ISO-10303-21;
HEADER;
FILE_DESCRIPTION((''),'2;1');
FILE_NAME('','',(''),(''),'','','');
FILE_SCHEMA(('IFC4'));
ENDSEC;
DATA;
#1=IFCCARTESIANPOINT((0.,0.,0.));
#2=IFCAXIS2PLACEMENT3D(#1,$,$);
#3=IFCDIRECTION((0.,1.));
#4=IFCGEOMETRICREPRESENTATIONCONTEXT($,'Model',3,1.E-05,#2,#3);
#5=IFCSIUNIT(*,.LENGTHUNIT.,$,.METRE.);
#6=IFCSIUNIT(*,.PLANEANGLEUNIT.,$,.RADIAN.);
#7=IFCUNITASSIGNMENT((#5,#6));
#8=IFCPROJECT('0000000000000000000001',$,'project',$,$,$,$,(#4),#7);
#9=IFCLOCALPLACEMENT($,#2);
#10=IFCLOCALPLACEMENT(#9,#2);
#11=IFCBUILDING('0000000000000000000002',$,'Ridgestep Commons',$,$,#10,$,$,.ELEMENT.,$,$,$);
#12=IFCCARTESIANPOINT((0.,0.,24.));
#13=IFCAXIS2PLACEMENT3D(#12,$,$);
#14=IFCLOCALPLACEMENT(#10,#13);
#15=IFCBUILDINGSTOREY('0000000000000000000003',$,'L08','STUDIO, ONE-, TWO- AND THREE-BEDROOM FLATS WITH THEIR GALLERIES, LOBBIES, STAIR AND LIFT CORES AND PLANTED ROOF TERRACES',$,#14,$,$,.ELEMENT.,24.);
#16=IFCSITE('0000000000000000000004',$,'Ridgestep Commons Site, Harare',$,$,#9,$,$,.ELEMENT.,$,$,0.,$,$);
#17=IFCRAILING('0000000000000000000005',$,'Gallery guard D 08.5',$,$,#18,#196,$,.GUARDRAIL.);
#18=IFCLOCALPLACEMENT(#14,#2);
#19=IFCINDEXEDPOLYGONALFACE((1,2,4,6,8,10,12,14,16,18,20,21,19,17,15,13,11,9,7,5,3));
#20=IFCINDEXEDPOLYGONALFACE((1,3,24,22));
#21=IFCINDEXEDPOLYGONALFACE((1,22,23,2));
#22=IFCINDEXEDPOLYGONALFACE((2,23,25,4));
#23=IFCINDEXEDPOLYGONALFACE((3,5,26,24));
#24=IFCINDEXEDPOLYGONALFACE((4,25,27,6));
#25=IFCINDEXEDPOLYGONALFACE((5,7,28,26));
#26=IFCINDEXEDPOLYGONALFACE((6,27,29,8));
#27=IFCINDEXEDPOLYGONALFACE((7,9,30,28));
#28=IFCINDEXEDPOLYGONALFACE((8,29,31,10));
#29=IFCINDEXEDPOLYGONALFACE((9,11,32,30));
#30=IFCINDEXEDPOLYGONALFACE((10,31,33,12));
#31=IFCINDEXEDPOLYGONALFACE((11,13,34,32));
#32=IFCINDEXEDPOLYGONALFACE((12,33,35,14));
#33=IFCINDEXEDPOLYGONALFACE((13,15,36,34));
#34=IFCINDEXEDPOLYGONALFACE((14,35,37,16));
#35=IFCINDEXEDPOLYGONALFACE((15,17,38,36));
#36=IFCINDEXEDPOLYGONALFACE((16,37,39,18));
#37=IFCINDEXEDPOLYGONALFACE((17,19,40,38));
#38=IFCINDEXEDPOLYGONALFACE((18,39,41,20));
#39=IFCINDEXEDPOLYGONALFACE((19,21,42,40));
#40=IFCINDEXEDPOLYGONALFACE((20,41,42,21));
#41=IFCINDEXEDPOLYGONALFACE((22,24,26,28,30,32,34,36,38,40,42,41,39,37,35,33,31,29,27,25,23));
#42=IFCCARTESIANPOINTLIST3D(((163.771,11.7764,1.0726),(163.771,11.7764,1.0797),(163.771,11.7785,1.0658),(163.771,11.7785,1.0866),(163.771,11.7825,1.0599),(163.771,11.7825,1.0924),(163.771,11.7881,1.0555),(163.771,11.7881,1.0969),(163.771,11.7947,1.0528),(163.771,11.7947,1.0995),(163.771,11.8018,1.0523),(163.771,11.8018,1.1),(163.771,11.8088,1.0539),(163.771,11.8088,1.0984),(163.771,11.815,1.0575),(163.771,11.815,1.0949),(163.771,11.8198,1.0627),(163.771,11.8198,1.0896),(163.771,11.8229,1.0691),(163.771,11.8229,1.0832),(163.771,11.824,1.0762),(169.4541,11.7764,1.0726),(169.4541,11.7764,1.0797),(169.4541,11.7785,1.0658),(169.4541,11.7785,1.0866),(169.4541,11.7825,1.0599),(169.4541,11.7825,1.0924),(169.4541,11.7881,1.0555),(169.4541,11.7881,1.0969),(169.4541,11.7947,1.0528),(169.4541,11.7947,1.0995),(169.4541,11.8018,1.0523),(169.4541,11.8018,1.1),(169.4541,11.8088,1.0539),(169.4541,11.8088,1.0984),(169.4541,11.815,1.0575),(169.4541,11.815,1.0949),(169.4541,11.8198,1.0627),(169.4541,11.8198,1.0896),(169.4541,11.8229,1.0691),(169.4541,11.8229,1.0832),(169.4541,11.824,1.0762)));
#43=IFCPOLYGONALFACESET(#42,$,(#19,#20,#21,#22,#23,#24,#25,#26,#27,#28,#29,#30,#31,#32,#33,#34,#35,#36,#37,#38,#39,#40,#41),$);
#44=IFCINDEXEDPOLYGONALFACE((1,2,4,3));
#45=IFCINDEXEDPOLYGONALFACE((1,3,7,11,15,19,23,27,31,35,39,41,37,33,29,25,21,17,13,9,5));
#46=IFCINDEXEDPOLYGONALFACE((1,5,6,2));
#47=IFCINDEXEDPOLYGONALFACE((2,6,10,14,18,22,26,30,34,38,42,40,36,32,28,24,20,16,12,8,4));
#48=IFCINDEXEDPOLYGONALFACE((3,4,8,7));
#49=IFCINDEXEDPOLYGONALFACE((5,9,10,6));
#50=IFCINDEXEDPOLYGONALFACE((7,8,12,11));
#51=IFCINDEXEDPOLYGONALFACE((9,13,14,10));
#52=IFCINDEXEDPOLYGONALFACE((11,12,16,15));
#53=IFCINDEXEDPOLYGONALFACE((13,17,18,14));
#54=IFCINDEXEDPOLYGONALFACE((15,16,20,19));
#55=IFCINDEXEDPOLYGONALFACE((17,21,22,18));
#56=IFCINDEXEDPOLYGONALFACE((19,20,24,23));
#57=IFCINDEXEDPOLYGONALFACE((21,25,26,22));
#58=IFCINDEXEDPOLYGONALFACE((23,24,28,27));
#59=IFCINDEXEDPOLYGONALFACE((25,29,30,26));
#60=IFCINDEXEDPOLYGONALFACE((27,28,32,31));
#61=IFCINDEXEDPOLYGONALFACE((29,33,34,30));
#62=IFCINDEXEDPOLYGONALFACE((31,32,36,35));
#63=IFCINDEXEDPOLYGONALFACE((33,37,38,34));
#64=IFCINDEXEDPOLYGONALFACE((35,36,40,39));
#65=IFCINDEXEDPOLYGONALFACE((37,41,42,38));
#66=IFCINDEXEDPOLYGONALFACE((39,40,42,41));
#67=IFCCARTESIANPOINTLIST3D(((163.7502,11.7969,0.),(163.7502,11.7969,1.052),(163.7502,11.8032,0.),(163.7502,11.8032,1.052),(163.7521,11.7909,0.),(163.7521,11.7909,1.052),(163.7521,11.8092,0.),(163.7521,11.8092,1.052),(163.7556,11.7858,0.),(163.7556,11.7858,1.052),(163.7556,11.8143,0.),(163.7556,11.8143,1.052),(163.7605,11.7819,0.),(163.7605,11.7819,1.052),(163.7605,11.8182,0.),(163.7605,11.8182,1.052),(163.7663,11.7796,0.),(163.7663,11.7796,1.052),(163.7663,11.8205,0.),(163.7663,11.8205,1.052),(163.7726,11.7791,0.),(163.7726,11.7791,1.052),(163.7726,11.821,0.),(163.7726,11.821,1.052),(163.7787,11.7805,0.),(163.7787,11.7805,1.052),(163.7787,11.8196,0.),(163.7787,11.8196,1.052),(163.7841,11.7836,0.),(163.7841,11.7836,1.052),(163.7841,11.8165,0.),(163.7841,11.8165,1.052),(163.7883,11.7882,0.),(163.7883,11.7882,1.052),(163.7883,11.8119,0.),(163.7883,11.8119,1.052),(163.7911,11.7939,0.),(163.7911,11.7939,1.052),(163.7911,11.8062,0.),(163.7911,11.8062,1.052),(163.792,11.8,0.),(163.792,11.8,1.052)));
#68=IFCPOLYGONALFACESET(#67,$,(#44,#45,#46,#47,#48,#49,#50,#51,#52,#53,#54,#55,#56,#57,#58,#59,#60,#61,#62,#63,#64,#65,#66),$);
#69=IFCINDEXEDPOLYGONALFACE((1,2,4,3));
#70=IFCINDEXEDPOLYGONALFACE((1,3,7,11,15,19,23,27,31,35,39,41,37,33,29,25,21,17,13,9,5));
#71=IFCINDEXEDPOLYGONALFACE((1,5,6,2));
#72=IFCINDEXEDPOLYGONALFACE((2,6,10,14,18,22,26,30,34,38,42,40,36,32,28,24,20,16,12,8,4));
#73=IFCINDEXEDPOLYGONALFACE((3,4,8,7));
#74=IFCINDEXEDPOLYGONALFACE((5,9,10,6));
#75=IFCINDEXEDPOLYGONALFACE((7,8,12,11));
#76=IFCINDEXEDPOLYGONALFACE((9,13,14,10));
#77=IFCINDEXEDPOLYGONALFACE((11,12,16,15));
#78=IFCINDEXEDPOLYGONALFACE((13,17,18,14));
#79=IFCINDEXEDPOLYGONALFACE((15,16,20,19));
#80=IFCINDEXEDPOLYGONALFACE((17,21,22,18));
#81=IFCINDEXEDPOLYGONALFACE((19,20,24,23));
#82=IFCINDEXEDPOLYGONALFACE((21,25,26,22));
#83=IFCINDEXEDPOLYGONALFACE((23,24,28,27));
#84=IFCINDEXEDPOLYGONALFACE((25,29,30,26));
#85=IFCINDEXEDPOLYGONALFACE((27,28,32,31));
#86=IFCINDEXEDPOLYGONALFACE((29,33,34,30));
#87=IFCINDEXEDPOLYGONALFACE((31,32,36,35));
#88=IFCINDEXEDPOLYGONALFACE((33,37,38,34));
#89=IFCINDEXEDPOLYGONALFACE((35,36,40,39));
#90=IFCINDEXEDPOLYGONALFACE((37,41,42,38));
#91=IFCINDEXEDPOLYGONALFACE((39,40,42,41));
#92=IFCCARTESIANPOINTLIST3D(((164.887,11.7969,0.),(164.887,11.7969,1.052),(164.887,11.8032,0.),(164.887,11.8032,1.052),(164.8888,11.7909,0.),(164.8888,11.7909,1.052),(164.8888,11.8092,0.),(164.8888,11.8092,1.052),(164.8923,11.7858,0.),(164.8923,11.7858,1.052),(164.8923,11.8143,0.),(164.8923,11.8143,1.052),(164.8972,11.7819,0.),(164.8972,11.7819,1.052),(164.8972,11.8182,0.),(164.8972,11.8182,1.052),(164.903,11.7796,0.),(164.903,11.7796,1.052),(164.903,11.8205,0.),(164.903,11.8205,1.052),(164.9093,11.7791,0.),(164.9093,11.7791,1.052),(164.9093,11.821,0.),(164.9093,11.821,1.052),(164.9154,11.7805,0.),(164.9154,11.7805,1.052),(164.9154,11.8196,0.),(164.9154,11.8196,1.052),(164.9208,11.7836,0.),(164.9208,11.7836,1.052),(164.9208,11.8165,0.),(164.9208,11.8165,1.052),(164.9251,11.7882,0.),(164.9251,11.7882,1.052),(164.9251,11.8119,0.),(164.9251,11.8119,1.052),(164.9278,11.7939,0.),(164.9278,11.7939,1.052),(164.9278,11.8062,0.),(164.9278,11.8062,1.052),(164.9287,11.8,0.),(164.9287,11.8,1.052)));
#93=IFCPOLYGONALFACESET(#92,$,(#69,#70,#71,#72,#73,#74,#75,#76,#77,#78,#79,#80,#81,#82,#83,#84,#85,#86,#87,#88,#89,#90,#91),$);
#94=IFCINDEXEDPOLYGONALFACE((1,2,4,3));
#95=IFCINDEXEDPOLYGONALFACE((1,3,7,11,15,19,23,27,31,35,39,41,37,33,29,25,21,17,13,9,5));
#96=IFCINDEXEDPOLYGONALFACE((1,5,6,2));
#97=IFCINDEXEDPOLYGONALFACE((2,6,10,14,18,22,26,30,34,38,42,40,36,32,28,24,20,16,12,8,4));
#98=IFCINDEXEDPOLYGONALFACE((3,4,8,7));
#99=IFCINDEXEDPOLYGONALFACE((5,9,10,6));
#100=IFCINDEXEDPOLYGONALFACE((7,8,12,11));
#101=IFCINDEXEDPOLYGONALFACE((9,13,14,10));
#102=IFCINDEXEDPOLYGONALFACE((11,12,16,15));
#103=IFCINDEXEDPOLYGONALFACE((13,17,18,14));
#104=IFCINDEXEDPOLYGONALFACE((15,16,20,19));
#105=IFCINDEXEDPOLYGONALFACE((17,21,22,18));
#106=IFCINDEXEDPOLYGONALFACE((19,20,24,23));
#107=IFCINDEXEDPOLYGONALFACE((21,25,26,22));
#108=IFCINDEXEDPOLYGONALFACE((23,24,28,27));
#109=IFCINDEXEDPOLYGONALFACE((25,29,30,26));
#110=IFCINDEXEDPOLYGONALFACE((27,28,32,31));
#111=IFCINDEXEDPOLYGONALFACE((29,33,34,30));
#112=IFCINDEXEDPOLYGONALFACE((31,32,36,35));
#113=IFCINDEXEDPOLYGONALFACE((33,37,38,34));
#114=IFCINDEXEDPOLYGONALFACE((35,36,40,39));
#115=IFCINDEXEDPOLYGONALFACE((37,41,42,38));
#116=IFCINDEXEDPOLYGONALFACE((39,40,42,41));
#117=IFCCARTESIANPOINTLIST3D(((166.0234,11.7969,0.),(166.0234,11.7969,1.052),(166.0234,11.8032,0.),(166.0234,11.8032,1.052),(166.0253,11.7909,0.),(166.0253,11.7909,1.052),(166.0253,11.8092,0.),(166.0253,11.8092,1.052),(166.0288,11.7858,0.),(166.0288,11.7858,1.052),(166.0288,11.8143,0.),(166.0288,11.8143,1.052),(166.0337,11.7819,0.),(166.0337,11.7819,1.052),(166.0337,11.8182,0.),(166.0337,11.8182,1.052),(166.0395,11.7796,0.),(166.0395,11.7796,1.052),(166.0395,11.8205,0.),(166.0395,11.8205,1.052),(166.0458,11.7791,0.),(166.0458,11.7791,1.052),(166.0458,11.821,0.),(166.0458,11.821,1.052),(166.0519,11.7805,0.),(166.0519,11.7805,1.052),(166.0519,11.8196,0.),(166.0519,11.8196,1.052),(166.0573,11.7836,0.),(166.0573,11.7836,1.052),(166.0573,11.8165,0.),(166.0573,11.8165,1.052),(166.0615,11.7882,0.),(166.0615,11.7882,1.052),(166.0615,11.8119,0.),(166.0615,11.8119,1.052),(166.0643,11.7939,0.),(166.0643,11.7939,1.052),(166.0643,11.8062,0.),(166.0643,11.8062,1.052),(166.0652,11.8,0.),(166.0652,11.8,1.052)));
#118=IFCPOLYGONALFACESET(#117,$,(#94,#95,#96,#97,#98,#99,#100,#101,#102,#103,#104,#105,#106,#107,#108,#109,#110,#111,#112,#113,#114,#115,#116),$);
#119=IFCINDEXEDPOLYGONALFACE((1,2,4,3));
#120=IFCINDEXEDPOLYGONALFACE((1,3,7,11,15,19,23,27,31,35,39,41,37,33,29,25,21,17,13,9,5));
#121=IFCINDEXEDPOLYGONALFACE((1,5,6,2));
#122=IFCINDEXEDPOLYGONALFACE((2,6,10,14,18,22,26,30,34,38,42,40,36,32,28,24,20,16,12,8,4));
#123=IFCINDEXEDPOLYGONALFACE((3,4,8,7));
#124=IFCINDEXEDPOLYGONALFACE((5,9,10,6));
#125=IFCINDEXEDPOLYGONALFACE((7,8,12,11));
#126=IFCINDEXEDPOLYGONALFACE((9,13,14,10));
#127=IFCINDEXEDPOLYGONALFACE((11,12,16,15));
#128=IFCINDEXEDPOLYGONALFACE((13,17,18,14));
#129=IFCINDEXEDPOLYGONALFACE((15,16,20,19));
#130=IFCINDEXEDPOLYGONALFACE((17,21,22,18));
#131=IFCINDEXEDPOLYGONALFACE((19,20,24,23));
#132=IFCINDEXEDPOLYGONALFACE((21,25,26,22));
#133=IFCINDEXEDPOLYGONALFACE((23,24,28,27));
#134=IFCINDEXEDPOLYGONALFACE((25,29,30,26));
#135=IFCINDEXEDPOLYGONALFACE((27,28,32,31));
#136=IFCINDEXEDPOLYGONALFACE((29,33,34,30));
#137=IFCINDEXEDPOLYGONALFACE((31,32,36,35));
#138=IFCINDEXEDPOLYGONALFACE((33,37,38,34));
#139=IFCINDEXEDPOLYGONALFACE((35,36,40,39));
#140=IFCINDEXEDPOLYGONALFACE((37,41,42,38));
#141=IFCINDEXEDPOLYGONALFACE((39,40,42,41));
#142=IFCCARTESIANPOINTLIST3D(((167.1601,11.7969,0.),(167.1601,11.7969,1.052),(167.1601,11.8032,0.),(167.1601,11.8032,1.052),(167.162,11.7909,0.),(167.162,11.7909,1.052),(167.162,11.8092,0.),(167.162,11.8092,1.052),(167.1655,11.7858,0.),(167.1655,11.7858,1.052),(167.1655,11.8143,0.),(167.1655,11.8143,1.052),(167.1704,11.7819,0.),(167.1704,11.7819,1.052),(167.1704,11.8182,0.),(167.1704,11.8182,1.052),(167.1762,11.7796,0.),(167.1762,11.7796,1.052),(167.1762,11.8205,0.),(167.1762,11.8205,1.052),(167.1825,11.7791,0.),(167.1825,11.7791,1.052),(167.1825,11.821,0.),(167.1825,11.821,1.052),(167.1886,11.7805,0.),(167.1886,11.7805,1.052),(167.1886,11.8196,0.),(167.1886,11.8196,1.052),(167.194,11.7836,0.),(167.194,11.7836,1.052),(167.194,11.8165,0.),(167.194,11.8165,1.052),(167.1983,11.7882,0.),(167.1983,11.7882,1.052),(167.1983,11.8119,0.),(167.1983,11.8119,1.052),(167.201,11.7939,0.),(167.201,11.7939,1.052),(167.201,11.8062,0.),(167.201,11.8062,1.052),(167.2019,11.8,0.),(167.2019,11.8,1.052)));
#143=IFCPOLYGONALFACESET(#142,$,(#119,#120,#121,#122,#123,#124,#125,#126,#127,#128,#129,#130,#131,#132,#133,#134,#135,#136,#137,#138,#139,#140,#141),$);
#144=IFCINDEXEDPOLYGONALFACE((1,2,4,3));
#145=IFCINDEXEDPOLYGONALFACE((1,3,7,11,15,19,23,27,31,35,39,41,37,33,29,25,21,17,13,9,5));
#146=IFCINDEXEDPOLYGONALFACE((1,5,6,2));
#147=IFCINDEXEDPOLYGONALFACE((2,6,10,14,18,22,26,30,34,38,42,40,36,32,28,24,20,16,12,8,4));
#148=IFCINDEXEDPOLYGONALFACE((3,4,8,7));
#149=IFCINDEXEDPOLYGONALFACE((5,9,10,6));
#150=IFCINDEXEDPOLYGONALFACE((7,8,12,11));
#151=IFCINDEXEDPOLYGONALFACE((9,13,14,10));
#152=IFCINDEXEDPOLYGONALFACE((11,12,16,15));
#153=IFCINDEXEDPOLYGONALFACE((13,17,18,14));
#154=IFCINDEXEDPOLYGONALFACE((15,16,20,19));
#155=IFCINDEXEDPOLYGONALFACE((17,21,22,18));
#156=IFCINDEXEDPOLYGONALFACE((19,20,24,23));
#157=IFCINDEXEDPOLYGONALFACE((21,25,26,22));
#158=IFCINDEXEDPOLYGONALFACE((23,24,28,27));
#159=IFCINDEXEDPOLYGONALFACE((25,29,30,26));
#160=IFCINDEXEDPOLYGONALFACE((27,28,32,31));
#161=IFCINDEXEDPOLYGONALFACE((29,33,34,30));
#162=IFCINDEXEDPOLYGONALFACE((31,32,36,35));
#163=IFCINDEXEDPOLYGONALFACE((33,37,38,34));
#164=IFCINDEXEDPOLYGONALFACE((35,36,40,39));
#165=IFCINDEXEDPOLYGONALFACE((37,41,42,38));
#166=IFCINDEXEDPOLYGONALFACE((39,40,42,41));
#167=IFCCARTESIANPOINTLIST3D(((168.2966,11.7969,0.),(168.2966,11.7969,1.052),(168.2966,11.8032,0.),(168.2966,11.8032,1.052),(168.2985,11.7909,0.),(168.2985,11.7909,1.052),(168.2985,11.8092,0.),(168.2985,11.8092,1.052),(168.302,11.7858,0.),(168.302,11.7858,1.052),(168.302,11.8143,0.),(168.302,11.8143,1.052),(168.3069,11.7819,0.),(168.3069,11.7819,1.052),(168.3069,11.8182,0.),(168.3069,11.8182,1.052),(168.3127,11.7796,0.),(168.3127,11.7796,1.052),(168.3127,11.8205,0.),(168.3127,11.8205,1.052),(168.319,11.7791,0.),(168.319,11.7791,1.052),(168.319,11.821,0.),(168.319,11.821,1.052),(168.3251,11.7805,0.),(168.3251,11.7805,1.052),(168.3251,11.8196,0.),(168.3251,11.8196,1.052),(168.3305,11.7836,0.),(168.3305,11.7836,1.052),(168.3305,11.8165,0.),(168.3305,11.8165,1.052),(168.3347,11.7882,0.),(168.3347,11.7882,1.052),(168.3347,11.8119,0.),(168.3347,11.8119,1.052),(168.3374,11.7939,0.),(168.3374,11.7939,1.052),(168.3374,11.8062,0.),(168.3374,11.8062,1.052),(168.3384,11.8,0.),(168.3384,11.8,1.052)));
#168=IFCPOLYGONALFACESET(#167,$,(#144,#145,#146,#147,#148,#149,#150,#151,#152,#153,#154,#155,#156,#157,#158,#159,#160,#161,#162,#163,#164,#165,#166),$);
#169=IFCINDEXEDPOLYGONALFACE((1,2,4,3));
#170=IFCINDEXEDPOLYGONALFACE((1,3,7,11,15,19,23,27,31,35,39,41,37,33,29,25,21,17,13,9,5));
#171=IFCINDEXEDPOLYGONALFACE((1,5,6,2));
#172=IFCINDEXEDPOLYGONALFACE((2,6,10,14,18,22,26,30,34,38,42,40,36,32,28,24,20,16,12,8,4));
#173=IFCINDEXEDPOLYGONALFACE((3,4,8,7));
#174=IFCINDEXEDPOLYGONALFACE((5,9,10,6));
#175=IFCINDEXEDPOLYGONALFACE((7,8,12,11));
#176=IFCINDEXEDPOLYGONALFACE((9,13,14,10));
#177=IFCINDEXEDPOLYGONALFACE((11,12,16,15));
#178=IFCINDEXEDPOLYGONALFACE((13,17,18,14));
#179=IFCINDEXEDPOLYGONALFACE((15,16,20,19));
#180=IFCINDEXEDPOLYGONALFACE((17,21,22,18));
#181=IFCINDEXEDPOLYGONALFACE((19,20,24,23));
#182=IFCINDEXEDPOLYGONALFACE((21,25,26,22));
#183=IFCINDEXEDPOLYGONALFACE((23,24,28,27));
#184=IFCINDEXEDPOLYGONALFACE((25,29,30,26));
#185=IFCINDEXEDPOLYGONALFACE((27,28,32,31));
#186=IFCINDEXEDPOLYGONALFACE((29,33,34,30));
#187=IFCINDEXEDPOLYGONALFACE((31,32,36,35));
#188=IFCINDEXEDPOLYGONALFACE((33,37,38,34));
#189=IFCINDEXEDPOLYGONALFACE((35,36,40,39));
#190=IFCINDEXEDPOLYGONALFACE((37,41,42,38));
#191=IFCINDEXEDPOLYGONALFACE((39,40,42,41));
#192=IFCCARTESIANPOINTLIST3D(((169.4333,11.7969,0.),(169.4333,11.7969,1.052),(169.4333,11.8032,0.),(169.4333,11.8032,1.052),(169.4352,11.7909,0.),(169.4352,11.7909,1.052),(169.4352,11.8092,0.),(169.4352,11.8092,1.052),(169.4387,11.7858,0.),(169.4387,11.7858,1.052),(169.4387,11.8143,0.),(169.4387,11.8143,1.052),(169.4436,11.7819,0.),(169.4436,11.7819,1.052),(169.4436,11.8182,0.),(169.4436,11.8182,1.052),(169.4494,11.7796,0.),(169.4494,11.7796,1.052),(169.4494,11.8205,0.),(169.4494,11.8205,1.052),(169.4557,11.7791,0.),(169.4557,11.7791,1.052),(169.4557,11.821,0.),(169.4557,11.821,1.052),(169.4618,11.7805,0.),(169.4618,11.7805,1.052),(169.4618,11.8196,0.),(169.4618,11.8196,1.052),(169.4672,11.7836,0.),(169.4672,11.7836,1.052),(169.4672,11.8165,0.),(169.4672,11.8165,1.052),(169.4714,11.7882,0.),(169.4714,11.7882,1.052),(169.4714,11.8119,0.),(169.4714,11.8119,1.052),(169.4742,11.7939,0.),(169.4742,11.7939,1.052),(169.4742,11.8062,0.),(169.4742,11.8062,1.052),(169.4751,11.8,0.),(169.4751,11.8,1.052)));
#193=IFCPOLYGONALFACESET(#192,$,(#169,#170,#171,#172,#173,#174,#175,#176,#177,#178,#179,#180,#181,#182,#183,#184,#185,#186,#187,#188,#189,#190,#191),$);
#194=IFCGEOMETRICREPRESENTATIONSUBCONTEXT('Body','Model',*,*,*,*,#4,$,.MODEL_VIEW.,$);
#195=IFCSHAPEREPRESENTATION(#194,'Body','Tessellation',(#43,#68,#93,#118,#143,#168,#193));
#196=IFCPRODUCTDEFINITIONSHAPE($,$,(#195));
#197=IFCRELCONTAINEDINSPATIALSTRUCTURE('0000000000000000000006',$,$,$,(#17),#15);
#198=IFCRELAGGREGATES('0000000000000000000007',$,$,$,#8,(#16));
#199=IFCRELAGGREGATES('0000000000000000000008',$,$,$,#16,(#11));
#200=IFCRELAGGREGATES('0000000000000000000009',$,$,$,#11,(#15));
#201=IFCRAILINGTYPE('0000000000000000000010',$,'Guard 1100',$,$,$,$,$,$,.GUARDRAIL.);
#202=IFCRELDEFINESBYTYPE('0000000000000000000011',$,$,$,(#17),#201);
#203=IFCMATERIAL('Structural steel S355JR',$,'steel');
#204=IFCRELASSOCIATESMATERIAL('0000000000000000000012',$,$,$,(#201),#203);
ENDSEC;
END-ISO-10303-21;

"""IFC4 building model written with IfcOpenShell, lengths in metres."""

from ifc_helpers import new_model, si_unit, direction, frame, origin, origin_2d, place, context, subcontext, project, spatial, circle, extrude, material, type_object, element, save


model = new_model("IFC4")

# Units and contexts
model_context = context("Model", 3, precision=1e-05, world=origin(), true_north=direction((0.0, 1.0)))
body_context = subcontext(model_context, "Body", "Model", "MODEL_VIEW")
ifc_project = project(units=[si_unit("LENGTHUNIT", "METRE"), si_unit("PLANEANGLEUNIT", "RADIAN")], contexts=[model_context])

# Site, building, storey
site_placement = place(None, origin())
site = spatial("IfcSite", under=ifc_project, at=site_placement, Name="Ridgestep Commons Site, Harare", CompositionType="ELEMENT", RefElevation=0.0)
building_placement = place(site_placement, origin())
building = spatial("IfcBuilding", under=site, at=building_placement, Name="Ridgestep Commons", CompositionType="ELEMENT")
storey_placement = place(building_placement, frame((0.0, 0.0, 24.0)))
storey = spatial("IfcBuildingStorey", under=building, at=storey_placement, Name="L08", Description="STUDIO, ONE-, TWO- AND THREE-BEDROOM FLATS WITH THEIR GALLERIES, LOBBIES, STAIR AND LIFT CORES AND PLANTED ROOF TERRACES", CompositionType="ELEMENT", Elevation=24.0)

# Railing
ifc_material_1 = material(Name="Structural steel S355JR", Category="steel")
railing_type_1 = type_object("IfcRailingType", Name="Guard 1100", PredefinedType="GUARDRAIL", material=ifc_material_1)
railing_1_placement = place(storey_placement, frame((163.771, 11.8, 0.0)))
element("IfcRailing", 1, at=railing_1_placement, inside=storey, type_object=railing_type_1, Name="Gallery guard D 08.5", PredefinedType="GUARDRAIL", context=body_context, shape_type="SweptSolid", body=[
    extrude(circle(Radius=0.0239, at=origin_2d()), frame((0.0, 0.0, 1.0762), z_axis=(1.0, 0.0, 0.0), x_axis=(0.0, 1.0, 0.0)), (0.0, 0.0, 1.0), 5.6831),
    extrude(circle(Radius=0.021, at=origin_2d()), origin(), (0.0, 0.0, 1.0), 1.052),
    extrude(circle(Radius=0.021, at=origin_2d()), frame((1.1367, 0.0, 0.0)), (0.0, 0.0, 1.0), 1.052),
    extrude(circle(Radius=0.021, at=origin_2d()), frame((2.2732, 0.0, 0.0)), (0.0, 0.0, 1.0), 1.052),
    extrude(circle(Radius=0.021, at=origin_2d()), frame((3.4099, 0.0, 0.0)), (0.0, 0.0, 1.0), 1.052),
    extrude(circle(Radius=0.021, at=origin_2d()), frame((4.5464, 0.0, 0.0)), (0.0, 0.0, 1.0), 1.052),
    extrude(circle(Radius=0.021, at=origin_2d()), frame((5.6831, 0.0, 0.0)), (0.0, 0.0, 1.0), 1.052),
])

save(model, "model.ifc")
